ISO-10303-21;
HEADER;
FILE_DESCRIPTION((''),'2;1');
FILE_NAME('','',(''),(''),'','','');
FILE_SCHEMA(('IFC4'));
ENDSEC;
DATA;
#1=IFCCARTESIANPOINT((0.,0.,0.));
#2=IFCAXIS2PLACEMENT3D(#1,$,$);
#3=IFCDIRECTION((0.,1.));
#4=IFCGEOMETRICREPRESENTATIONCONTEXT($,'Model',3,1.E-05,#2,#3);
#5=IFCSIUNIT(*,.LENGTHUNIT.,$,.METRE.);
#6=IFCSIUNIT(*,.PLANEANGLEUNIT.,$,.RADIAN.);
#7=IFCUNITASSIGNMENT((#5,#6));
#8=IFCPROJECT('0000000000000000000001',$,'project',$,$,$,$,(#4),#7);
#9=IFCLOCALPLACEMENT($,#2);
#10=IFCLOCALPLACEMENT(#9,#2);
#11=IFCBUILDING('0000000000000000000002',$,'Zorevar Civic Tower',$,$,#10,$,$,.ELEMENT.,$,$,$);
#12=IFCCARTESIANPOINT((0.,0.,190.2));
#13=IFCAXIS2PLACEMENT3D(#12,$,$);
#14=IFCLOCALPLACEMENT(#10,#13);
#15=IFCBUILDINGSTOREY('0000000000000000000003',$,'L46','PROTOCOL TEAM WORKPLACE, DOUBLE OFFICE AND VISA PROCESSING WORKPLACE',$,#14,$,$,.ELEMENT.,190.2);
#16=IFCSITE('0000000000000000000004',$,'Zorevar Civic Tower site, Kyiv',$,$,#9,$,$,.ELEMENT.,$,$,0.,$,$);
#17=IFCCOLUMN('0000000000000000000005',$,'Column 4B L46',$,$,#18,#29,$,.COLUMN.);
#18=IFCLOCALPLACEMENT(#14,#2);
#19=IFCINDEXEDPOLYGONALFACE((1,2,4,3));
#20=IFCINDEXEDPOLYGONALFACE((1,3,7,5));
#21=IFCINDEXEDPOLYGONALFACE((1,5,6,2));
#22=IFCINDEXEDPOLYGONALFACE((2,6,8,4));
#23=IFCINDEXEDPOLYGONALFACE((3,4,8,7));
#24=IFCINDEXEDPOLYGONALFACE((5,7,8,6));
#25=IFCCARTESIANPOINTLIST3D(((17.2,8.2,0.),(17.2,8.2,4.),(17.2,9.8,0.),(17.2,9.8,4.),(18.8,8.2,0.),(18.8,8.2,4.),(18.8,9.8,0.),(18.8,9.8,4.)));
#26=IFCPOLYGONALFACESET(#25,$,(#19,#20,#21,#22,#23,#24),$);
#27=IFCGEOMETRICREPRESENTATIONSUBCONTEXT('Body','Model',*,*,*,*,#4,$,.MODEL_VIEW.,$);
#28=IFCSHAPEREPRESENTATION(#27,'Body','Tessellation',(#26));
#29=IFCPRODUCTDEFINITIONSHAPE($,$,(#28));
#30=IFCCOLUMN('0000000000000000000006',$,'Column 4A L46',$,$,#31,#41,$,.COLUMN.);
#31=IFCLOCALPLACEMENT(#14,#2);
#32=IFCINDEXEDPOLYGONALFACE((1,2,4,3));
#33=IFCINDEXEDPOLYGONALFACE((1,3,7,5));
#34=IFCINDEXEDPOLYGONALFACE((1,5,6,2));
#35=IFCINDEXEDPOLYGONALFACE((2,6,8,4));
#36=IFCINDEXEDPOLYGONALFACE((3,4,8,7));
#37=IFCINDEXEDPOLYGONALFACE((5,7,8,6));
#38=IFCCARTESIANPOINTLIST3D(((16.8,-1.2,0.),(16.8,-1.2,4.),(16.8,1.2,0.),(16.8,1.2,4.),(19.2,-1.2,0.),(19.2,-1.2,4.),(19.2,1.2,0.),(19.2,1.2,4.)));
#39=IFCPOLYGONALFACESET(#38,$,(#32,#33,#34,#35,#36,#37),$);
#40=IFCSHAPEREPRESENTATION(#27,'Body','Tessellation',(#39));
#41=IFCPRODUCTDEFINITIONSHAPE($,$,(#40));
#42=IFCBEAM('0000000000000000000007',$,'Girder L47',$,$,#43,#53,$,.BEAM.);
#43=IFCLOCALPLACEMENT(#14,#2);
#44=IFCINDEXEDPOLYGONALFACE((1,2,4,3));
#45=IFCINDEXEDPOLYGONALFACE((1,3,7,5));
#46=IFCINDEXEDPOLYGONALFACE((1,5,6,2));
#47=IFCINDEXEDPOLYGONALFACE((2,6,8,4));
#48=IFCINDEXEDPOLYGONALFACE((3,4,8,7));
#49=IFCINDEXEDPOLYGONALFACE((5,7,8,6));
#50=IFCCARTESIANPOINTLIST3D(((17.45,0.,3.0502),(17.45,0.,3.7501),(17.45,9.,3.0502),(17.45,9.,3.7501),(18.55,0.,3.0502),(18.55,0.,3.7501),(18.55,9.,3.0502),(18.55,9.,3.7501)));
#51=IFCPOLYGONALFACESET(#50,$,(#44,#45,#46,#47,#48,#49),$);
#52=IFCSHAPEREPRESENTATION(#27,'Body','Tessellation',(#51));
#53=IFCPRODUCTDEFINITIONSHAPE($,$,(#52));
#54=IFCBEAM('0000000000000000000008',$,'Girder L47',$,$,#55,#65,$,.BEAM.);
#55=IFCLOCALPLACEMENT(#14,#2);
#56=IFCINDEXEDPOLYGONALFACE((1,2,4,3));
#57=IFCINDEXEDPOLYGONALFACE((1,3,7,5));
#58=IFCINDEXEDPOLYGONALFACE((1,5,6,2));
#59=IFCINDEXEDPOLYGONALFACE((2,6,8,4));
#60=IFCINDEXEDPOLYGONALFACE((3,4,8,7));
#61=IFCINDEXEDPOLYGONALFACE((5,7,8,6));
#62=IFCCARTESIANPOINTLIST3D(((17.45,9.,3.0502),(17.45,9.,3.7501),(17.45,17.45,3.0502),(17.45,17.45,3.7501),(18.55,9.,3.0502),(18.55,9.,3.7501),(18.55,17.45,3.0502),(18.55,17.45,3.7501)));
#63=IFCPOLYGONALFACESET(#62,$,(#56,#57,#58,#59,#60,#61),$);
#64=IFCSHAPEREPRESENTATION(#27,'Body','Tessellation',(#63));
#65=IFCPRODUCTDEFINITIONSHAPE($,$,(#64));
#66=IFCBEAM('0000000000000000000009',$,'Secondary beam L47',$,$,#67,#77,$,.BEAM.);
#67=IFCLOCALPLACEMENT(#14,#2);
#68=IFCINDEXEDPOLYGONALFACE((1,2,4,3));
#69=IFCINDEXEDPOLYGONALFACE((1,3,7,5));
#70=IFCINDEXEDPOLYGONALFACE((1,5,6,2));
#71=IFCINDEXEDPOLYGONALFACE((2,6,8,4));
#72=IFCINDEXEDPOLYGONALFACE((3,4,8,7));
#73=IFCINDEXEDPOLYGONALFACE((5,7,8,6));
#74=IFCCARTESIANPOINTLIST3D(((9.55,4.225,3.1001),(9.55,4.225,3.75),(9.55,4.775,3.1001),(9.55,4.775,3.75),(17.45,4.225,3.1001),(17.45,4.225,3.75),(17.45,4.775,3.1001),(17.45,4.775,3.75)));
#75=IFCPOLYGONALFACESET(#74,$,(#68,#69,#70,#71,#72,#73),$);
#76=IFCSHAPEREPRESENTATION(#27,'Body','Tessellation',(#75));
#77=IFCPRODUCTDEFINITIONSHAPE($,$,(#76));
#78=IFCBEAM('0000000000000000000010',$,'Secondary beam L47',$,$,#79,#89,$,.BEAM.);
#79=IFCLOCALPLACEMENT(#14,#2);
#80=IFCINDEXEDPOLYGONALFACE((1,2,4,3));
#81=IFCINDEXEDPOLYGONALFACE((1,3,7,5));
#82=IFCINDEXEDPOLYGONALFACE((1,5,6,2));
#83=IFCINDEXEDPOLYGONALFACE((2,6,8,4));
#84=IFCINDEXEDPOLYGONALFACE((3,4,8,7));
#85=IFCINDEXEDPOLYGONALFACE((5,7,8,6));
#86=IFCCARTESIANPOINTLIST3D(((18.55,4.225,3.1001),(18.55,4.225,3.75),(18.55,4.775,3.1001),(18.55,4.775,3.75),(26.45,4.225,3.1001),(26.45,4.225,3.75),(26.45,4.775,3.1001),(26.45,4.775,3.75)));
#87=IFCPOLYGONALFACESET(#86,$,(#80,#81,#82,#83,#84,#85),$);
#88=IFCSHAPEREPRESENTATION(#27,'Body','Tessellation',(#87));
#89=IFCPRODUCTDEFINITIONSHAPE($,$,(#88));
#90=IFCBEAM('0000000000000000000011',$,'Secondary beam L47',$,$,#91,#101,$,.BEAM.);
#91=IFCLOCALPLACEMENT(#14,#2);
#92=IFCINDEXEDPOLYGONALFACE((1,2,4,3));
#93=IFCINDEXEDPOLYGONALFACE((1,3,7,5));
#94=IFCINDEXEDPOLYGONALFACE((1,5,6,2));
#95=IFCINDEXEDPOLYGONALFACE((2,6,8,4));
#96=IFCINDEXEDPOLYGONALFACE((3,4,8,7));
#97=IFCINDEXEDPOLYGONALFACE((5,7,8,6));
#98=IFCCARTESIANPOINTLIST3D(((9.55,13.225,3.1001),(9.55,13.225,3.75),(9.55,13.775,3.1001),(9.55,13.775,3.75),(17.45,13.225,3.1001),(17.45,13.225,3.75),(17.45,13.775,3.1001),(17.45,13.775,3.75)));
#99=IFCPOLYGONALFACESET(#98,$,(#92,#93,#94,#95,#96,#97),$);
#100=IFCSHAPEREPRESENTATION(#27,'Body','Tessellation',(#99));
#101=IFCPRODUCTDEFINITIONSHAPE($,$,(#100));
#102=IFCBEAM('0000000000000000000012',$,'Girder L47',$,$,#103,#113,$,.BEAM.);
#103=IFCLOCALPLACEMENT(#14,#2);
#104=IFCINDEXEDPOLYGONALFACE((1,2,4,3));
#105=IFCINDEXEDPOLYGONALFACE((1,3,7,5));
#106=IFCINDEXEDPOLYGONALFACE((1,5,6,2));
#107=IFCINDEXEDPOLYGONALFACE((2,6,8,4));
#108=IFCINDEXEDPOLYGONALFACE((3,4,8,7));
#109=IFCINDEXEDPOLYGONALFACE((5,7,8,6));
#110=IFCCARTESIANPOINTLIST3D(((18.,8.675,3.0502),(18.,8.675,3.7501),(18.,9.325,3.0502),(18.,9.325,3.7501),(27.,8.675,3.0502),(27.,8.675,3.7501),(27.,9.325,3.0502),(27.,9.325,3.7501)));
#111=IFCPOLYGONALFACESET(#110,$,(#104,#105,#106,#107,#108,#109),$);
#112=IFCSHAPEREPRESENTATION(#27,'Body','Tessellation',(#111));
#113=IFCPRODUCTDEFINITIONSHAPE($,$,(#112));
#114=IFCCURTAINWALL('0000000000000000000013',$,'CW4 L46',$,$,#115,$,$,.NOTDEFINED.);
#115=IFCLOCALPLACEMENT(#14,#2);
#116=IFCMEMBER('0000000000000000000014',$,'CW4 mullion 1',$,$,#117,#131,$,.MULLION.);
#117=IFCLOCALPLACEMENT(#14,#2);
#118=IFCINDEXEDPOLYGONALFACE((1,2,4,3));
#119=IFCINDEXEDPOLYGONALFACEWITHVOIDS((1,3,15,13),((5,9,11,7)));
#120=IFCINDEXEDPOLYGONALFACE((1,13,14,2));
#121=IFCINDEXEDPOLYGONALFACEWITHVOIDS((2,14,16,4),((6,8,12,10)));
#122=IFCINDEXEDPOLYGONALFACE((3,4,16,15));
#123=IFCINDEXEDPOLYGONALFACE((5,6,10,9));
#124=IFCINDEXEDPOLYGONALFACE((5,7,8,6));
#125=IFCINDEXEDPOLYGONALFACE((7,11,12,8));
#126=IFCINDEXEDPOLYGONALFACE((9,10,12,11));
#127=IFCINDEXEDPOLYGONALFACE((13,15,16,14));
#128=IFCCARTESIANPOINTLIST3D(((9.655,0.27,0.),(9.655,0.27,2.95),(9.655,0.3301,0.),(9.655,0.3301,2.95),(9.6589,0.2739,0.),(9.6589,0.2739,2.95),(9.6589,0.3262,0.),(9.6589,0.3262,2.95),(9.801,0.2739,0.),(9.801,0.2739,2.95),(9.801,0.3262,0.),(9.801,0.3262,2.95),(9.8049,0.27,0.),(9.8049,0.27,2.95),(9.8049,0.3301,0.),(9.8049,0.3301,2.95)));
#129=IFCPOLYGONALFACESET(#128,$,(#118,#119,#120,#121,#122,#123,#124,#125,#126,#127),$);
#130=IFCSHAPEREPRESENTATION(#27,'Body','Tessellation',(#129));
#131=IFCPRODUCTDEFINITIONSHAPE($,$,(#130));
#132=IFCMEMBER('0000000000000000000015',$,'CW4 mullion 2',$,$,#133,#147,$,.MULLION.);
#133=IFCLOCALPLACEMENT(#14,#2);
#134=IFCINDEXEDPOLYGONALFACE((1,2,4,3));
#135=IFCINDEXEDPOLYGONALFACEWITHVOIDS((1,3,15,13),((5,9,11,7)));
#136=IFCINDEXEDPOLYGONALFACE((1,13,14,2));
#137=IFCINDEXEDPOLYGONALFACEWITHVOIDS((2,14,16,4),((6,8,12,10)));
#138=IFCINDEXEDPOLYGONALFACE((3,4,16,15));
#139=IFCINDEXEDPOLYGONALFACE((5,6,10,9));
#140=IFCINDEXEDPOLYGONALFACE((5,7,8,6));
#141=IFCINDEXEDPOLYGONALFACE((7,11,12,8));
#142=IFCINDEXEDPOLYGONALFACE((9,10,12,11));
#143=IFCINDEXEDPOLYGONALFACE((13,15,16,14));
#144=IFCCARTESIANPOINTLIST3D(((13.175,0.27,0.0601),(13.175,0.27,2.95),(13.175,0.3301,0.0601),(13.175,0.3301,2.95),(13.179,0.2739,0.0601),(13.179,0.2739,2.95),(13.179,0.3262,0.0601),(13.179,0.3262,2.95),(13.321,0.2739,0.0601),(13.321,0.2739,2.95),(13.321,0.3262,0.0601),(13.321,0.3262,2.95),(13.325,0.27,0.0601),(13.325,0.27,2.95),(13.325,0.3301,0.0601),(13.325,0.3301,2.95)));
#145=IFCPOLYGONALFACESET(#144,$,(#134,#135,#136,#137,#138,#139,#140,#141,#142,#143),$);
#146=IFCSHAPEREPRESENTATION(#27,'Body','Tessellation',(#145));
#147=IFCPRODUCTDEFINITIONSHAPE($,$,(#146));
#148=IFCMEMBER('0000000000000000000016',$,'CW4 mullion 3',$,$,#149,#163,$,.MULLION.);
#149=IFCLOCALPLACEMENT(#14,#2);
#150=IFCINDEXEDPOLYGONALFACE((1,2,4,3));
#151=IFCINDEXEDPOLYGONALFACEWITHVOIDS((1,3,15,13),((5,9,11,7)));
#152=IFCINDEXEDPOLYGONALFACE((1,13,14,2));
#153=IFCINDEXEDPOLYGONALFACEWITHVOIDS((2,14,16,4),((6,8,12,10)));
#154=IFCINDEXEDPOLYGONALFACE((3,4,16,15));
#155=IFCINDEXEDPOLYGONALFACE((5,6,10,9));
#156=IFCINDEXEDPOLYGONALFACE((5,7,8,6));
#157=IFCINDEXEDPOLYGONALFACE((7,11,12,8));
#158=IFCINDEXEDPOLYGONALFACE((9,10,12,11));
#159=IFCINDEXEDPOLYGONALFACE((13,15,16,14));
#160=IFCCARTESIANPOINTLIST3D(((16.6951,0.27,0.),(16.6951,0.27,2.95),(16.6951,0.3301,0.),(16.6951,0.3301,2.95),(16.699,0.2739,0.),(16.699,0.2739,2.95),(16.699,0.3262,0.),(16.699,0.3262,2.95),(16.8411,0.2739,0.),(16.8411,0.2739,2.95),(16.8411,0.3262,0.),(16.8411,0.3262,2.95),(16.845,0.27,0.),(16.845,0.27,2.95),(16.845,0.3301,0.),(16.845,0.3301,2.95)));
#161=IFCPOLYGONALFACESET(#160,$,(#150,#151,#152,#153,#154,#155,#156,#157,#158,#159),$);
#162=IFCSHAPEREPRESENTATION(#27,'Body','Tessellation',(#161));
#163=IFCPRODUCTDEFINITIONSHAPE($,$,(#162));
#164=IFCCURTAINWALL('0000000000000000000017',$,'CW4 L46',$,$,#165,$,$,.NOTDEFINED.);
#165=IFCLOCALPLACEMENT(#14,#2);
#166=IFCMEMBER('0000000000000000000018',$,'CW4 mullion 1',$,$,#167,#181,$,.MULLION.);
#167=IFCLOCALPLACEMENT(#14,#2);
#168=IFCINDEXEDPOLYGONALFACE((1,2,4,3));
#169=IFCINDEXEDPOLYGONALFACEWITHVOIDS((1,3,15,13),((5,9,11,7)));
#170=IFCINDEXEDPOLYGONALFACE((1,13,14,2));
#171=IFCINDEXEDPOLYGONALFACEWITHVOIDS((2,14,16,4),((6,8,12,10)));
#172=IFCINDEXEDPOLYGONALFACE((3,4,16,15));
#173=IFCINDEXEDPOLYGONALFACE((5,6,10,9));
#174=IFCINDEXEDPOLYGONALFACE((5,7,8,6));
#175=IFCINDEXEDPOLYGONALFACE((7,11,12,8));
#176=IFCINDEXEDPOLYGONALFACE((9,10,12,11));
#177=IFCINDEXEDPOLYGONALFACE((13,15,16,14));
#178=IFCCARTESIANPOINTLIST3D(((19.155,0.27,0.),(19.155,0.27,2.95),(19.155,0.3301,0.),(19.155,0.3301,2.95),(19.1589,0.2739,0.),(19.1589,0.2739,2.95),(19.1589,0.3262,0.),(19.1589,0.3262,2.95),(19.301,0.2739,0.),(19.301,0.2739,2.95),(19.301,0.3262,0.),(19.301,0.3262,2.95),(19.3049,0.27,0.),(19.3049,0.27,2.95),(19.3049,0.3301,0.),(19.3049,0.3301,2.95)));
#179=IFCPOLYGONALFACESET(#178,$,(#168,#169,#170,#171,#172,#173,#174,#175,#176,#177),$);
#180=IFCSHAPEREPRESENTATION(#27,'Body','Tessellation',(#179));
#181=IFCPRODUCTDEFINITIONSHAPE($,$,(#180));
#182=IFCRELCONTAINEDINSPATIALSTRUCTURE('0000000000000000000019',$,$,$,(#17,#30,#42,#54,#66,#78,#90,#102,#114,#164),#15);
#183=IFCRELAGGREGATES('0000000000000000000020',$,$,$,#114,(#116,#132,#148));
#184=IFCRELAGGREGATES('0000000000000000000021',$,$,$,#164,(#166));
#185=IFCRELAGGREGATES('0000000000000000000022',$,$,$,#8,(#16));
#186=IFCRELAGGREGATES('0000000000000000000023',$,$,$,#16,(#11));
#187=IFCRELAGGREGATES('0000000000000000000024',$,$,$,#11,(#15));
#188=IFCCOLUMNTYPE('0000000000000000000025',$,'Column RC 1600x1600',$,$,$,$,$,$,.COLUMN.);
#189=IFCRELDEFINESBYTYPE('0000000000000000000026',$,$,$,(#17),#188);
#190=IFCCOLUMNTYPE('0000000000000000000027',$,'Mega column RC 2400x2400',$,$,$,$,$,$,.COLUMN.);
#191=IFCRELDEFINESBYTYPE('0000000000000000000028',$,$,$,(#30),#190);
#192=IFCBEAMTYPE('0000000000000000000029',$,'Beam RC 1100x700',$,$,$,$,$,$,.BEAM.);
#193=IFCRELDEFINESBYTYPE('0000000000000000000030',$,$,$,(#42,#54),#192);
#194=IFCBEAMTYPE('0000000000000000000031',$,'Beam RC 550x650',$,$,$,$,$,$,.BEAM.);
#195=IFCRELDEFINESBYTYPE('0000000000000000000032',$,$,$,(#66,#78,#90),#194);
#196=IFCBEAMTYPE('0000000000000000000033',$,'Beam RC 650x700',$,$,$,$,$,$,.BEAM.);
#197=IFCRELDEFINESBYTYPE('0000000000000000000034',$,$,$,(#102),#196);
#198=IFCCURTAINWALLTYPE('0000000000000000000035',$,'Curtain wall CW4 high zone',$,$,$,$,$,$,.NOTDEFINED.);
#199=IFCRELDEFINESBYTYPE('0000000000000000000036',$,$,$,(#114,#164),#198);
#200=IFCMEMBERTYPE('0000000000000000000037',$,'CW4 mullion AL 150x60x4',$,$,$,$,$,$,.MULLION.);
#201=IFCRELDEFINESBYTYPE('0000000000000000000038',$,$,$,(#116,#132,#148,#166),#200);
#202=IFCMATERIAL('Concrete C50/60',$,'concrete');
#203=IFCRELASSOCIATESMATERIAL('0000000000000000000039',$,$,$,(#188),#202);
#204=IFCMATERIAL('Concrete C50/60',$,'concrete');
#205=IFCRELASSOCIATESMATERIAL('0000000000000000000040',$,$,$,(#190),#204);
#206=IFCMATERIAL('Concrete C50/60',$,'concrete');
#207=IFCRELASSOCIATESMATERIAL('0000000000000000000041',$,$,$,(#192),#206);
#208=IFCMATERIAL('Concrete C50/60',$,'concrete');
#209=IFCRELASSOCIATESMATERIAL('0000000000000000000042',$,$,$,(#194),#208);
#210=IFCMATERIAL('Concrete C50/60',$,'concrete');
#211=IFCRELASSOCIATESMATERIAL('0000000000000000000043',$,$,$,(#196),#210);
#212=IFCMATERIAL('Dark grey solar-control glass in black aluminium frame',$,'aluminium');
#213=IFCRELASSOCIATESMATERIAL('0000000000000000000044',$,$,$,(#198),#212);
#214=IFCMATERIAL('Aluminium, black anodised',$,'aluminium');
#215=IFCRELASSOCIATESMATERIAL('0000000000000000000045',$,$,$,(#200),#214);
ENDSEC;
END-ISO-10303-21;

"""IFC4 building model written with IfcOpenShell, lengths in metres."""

from ifc_helpers import new_model, si_unit, direction, frame, origin, origin_2d, place, context, subcontext, project, spatial, rectangle, hollow_rectangle, extrude, material, material_profile, profile_set, type_object, element, aggregate, save


model = new_model("IFC4")

# Units and contexts
model_context = context("Model", 3, precision=1e-05, world=origin(), true_north=direction((0.0, 1.0)))
body_context = subcontext(model_context, "Body", "Model", "MODEL_VIEW")
ifc_project = project(units=[si_unit("LENGTHUNIT", "METRE"), si_unit("PLANEANGLEUNIT", "RADIAN")], contexts=[model_context])

# Site, building, storey
site_placement = place(None, origin())
site = spatial("IfcSite", under=ifc_project, at=site_placement, Name="Zorevar Civic Tower site, Kyiv", CompositionType="ELEMENT", RefElevation=0.0)
building_placement = place(site_placement, origin())
building = spatial("IfcBuilding", under=site, at=building_placement, Name="Zorevar Civic Tower", CompositionType="ELEMENT")
storey_placement = place(building_placement, frame((0.0, 0.0, 190.2)))
storey = spatial("IfcBuildingStorey", under=building, at=storey_placement, Name="L46", Description="PROTOCOL TEAM WORKPLACE, DOUBLE OFFICE AND VISA PROCESSING WORKPLACE", CompositionType="ELEMENT", Elevation=190.2)

# Columns
ifc_material_1 = material(Name="Concrete C50/60", Category="concrete")
ifc_material_profile_1 = material_profile(ifc_material_1, rectangle(XDim=1.6001, YDim=1.6001, at=origin_2d()), Name="RC 1600x1600")
ifc_profile_set_1 = profile_set([ifc_material_profile_1], Name="Concrete C50/60")
column_type_1 = type_object("IfcColumnType", Name="Column RC 1600x1600", PredefinedType="COLUMN", material=ifc_profile_set_1)
column_1_placement = place(storey_placement, frame((18.0, 9.0, 0.0), z_axis=(0.0, 0.0, 1.0), x_axis=(1.0, 0.0, 0.0)))
element("IfcColumn", 1, at=column_1_placement, inside=storey, type_object=column_type_1, Name="Column 4B L46", PredefinedType="COLUMN", context=body_context, shape_type="SweptSolid", body=[
    extrude(rectangle(XDim=1.6001, YDim=1.6001, at=origin_2d()), origin(), (0.0, 0.0, 1.0), 4.0),
])
ifc_material_2 = material(Name="Concrete C50/60", Category="concrete")
ifc_material_profile_2 = material_profile(ifc_material_2, rectangle(XDim=2.3999, YDim=2.3999, at=origin_2d()), Name="RC 2400x2400")
ifc_profile_set_2 = profile_set([ifc_material_profile_2], Name="Concrete C50/60")
column_type_2 = type_object("IfcColumnType", Name="Mega column RC 2400x2400", PredefinedType="COLUMN", material=ifc_profile_set_2)
column_2_placement = place(storey_placement, frame((18.0, 0.0, 0.0), z_axis=(0.0, 0.0, 1.0), x_axis=(1.0, 0.0, 0.0)))
element("IfcColumn", 2, at=column_2_placement, inside=storey, type_object=column_type_2, Name="Column 4A L46", PredefinedType="COLUMN", context=body_context, shape_type="SweptSolid", body=[
    extrude(rectangle(XDim=2.3999, YDim=2.3999, at=origin_2d()), origin(), (0.0, 0.0, 1.0), 4.0),
])

# Beams
ifc_material_3 = material(Name="Concrete C50/60", Category="concrete")
ifc_material_profile_3 = material_profile(ifc_material_3, rectangle(XDim=1.1001, YDim=0.7, at=origin_2d()), Name="RC 1100x700")
ifc_profile_set_3 = profile_set([ifc_material_profile_3], Name="Concrete C50/60")
beam_type_1 = type_object("IfcBeamType", Name="Beam RC 1100x700", PredefinedType="BEAM", material=ifc_profile_set_3)
beam_1_placement = place(storey_placement, frame((18.0, 0.0, 3.4001), z_axis=(0.0, 1.0, 0.0), x_axis=(-1.0, 0.0, 0.0)))
element("IfcBeam", 3, at=beam_1_placement, inside=storey, type_object=beam_type_1, Name="Girder L47", PredefinedType="BEAM", context=body_context, shape_type="SweptSolid", body=[
    extrude(rectangle(XDim=1.1001, YDim=0.7, at=origin_2d()), origin(), (0.0, 0.0, 1.0), 9.0),
])
beam_2_placement = place(storey_placement, frame((18.0, 9.0, 3.4001), z_axis=(0.0, 1.0, 0.0), x_axis=(-1.0, 0.0, 0.0)))
element("IfcBeam", 4, at=beam_2_placement, inside=storey, type_object=beam_type_1, Name="Girder L47", PredefinedType="BEAM", context=body_context, shape_type="SweptSolid", body=[
    extrude(rectangle(XDim=1.1001, YDim=0.7, at=origin_2d()), origin(), (0.0, 0.0, 1.0), 8.45),
])
ifc_material_4 = material(Name="Concrete C50/60", Category="concrete")
ifc_material_profile_4 = material_profile(ifc_material_4, rectangle(XDim=0.55, YDim=0.6499, at=origin_2d()), Name="RC 550x650")
ifc_profile_set_4 = profile_set([ifc_material_profile_4], Name="Concrete C50/60")
beam_type_2 = type_object("IfcBeamType", Name="Beam RC 550x650", PredefinedType="BEAM", material=ifc_profile_set_4)
for number, where, z_axis, x_axis, name in (
    (5, (9.55, 4.5, 3.425), (1.0, 0.0, 0.0), (0.0, 1.0, 0.0), "Secondary beam L47"),
    (6, (18.55, 4.5, 3.425), (1.0, 0.0, 0.0), (0.0, 1.0, 0.0), "Secondary beam L47"),
    (7, (9.55, 13.5, 3.425), (1.0, 0.0, 0.0), (0.0, 1.0, 0.0), "Secondary beam L47"),
):
    element("IfcBeam", number, at=place(storey_placement, frame(where, z_axis=z_axis, x_axis=x_axis)), inside=storey, type_object=beam_type_2, Name=name, PredefinedType="BEAM", context=body_context, shape_type="SweptSolid", body=[
        extrude(rectangle(XDim=0.55, YDim=0.6499, at=origin_2d()), origin(), (0.0, 0.0, 1.0), 7.8999),
    ])
ifc_material_5 = material(Name="Concrete C50/60", Category="concrete")
ifc_material_profile_5 = material_profile(ifc_material_5, rectangle(XDim=0.6499, YDim=0.7, at=origin_2d()), Name="RC 650x700")
ifc_profile_set_5 = profile_set([ifc_material_profile_5], Name="Concrete C50/60")
beam_type_3 = type_object("IfcBeamType", Name="Beam RC 650x700", PredefinedType="BEAM", material=ifc_profile_set_5)
beam_3_placement = place(storey_placement, frame((18.0, 9.0, 3.4001), z_axis=(1.0, 0.0, 0.0), x_axis=(0.0, 1.0, 0.0)))
element("IfcBeam", 8, at=beam_3_placement, inside=storey, type_object=beam_type_3, Name="Girder L47", PredefinedType="BEAM", context=body_context, shape_type="SweptSolid", body=[
    extrude(rectangle(XDim=0.6499, YDim=0.7, at=origin_2d()), origin(), (0.0, 0.0, 1.0), 9.0),
])

# Curtain wall, members
ifc_material_6 = material(Name="Dark grey solar-control glass in black aluminium frame", Category="aluminium")
curtain_wall_type = type_object("IfcCurtainWallType", Name="Curtain wall CW4 high zone", PredefinedType="NOTDEFINED", material=ifc_material_6)
curtain_wall_1_placement = place(storey_placement, origin())
curtain_wall_1 = element("IfcCurtainWall", 9, at=curtain_wall_1_placement, inside=storey, type_object=curtain_wall_type, Name="CW4 L46", PredefinedType="NOTDEFINED")
ifc_material_7 = material(Name="Aluminium, black anodised", Category="aluminium")
ifc_material_profile_6 = material_profile(ifc_material_7, hollow_rectangle(XDim=0.0601, YDim=0.1499, WallThickness=0.0039, at=origin_2d()), Name="AL 150x60x4")
ifc_profile_set_6 = profile_set([ifc_material_profile_6], Name="Aluminium, black anodised")
member_type_1 = type_object("IfcMemberType", Name="CW4 mullion AL 150x60x4", PredefinedType="MULLION", material=ifc_profile_set_6)
member_1_placement = place(storey_placement, frame((9.73, 0.3, 0.0), z_axis=(0.0, 0.0, 1.0), x_axis=(0.0, 1.0, 0.0)))
member_1 = element("IfcMember", 10, at=member_1_placement, type_object=member_type_1, Name="CW4 mullion 1", PredefinedType="MULLION", context=body_context, shape_type="SweptSolid", body=[
    extrude(hollow_rectangle(XDim=0.0601, YDim=0.1499, WallThickness=0.0039, at=origin_2d()), origin(), (0.0, 0.0, 1.0), 2.95),
])
member_2_placement = place(storey_placement, frame((13.25, 0.3, 0.0601), z_axis=(0.0, 0.0, 1.0), x_axis=(0.0, 1.0, 0.0)))
member_2 = element("IfcMember", 11, at=member_2_placement, type_object=member_type_1, Name="CW4 mullion 2", PredefinedType="MULLION", context=body_context, shape_type="SweptSolid", body=[
    extrude(hollow_rectangle(XDim=0.0601, YDim=0.1499, WallThickness=0.0039, at=origin_2d()), origin(), (0.0, 0.0, 1.0), 2.8899),
])
member_3_placement = place(storey_placement, frame((16.77, 0.3, 0.0), z_axis=(0.0, 0.0, 1.0), x_axis=(0.0, 1.0, 0.0)))
member_3 = element("IfcMember", 12, at=member_3_placement, type_object=member_type_1, Name="CW4 mullion 3", PredefinedType="MULLION", context=body_context, shape_type="SweptSolid", body=[
    extrude(hollow_rectangle(XDim=0.0601, YDim=0.1499, WallThickness=0.0039, at=origin_2d()), origin(), (0.0, 0.0, 1.0), 2.95),
])

# Curtain wall, member
curtain_wall_2_placement = place(storey_placement, origin())
curtain_wall_2 = element("IfcCurtainWall", 13, at=curtain_wall_2_placement, inside=storey, type_object=curtain_wall_type, Name="CW4 L46", PredefinedType="NOTDEFINED")
member_4_placement = place(storey_placement, frame((19.23, 0.3, 0.0), z_axis=(0.0, 0.0, 1.0), x_axis=(0.0, 1.0, 0.0)))
member_4 = element("IfcMember", 14, at=member_4_placement, type_object=member_type_1, Name="CW4 mullion 1", PredefinedType="MULLION", context=body_context, shape_type="SweptSolid", body=[
    extrude(hollow_rectangle(XDim=0.0601, YDim=0.1499, WallThickness=0.0039, at=origin_2d()), origin(), (0.0, 0.0, 1.0), 2.95),
])

aggregate(curtain_wall_1, [member_1, member_2, member_3])
aggregate(curtain_wall_2, [member_4])

save(model, "model.ifc")
